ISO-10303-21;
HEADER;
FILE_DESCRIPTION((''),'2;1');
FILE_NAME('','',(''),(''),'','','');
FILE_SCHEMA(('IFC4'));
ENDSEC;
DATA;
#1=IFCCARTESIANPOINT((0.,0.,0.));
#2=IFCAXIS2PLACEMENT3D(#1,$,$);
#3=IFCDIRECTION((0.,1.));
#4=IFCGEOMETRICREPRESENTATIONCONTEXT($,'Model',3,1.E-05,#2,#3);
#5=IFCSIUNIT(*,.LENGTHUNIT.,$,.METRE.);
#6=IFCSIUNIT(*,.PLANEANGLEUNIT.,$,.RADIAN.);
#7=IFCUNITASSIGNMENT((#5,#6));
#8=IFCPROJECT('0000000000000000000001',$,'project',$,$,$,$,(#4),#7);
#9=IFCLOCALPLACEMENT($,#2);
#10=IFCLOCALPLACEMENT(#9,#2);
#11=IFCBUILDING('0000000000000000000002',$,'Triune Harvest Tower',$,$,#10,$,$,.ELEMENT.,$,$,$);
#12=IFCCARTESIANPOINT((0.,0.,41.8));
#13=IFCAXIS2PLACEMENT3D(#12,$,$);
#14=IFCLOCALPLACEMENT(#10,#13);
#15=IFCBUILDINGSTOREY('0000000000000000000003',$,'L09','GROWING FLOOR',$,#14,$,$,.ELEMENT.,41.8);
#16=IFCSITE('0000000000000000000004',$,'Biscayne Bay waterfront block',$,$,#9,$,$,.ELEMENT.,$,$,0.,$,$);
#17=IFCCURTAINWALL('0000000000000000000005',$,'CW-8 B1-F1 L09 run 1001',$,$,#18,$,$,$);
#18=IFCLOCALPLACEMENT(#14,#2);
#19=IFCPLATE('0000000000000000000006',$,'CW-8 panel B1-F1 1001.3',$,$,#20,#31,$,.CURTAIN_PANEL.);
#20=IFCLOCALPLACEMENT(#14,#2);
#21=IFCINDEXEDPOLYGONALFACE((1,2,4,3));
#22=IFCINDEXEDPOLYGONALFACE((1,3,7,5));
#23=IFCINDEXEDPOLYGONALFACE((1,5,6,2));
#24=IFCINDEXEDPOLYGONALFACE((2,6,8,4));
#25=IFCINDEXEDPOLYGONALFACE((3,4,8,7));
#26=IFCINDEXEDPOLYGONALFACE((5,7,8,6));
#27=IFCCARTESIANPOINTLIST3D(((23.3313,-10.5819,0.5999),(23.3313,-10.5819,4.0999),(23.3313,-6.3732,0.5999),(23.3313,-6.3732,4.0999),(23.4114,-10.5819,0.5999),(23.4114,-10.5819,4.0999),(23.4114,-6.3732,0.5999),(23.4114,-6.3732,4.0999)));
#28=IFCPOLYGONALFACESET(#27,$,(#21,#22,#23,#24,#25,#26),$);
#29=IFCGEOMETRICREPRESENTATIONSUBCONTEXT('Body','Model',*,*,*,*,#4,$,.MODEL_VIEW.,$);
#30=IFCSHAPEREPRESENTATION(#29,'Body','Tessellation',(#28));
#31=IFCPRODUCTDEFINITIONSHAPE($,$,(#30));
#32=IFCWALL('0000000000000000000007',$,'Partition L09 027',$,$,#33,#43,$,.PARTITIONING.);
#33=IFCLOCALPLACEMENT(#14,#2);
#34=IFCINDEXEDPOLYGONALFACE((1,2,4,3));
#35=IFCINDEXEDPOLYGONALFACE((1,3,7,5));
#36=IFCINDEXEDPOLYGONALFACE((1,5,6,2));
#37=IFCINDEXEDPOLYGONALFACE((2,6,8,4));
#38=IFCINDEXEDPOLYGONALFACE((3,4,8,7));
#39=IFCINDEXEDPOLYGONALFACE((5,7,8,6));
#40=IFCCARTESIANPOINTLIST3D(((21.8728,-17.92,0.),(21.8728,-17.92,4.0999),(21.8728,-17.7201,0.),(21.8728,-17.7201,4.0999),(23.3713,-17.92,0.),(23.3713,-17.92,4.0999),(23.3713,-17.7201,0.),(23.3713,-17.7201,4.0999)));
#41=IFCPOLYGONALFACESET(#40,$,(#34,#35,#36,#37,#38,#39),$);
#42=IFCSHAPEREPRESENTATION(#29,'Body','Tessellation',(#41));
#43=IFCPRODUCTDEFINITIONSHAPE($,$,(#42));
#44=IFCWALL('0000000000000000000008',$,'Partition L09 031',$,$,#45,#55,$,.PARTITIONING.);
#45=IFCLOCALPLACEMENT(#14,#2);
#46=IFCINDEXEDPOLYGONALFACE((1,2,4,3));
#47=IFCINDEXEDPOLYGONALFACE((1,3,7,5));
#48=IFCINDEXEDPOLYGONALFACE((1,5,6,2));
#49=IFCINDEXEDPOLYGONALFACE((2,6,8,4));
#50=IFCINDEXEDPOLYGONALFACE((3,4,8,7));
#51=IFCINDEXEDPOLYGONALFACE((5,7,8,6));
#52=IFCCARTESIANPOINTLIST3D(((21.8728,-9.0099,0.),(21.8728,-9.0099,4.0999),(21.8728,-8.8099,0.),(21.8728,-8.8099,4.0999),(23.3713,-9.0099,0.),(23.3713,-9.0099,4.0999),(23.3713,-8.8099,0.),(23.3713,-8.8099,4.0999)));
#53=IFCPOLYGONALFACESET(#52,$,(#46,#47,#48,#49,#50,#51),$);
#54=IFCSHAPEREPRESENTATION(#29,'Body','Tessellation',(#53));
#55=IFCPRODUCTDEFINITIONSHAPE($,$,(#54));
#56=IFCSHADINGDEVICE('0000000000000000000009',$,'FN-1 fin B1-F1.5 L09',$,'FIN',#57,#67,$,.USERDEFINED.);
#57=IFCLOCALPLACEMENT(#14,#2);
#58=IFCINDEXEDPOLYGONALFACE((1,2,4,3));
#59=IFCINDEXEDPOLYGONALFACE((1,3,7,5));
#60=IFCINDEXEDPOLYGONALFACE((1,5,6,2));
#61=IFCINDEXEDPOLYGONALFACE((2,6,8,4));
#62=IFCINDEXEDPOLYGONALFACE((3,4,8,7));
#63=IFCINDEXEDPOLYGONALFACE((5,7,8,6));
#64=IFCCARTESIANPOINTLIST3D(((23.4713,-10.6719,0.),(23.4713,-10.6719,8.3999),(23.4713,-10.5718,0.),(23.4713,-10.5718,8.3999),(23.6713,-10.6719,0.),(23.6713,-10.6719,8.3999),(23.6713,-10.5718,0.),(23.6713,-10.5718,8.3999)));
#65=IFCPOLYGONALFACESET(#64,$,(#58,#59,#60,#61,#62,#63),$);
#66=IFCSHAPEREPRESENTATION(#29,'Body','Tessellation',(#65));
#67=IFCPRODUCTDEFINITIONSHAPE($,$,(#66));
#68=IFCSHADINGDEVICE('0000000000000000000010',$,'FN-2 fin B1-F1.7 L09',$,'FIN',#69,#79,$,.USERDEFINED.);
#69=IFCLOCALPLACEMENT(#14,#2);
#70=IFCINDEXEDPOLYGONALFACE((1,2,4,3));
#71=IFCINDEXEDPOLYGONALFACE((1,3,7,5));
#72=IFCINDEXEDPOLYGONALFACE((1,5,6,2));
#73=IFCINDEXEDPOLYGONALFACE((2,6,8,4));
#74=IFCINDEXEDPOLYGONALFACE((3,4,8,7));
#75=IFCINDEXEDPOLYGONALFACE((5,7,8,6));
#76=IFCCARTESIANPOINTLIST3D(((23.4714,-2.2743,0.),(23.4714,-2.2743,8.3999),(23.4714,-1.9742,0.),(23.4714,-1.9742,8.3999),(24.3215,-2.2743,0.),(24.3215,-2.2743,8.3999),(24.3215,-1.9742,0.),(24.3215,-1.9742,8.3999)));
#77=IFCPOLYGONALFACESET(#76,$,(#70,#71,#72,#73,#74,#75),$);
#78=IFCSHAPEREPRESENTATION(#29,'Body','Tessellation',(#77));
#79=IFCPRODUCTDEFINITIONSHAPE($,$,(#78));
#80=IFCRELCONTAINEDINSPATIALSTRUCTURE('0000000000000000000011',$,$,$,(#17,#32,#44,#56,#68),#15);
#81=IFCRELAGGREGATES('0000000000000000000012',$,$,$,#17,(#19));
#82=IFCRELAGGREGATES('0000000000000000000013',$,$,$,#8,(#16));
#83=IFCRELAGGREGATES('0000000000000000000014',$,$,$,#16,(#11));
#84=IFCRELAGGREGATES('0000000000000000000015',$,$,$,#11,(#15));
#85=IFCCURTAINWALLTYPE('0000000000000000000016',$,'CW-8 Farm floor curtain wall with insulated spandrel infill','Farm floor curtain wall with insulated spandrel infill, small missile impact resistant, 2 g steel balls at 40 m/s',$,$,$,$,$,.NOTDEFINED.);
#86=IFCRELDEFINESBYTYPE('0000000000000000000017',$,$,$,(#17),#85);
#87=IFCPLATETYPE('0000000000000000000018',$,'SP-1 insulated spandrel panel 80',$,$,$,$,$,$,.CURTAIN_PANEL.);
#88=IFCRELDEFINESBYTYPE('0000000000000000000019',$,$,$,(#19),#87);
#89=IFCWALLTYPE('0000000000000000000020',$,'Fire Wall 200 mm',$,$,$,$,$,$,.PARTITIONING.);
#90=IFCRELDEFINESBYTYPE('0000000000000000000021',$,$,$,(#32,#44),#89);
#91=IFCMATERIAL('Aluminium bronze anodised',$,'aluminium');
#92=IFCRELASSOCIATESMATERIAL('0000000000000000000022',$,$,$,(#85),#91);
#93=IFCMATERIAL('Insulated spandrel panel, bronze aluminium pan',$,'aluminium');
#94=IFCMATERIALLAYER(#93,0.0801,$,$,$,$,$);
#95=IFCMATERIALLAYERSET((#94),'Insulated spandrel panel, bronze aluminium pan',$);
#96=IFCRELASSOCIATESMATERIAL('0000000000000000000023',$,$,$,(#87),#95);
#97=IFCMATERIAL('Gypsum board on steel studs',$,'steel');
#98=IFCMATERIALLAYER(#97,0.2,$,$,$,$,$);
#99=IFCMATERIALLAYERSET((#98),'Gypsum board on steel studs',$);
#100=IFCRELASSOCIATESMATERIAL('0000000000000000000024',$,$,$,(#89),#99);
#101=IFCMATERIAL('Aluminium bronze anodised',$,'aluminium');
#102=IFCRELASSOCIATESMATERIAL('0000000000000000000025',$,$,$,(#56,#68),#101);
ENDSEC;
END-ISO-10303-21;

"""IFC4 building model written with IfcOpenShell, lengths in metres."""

from ifc_helpers import new_model, si_unit, direction, frame, frame_2d, origin, origin_2d, place, context, subcontext, project, spatial, rectangle, extrude, source, transform, mapped, material, layer, layer_set, type_object, element, aggregate, save


model = new_model("IFC4")

# Units and contexts
model_context = context("Model", 3, precision=1e-05, world=origin(), true_north=direction((0.0, 1.0)))
body_context = subcontext(model_context, "Body", "Model", "MODEL_VIEW")
ifc_project = project(units=[si_unit("LENGTHUNIT", "METRE"), si_unit("PLANEANGLEUNIT", "RADIAN")], contexts=[model_context])

# Site, building, storey
site_placement = place(None, origin())
site = spatial("IfcSite", under=ifc_project, at=site_placement, Name="Biscayne Bay waterfront block", CompositionType="ELEMENT", RefElevation=0.0)
building_placement = place(site_placement, origin())
building = spatial("IfcBuilding", under=site, at=building_placement, Name="Triune Harvest Tower", CompositionType="ELEMENT")
storey_placement = place(building_placement, frame((0.0, 0.0, 41.8)))
storey = spatial("IfcBuildingStorey", under=building, at=storey_placement, Name="L09", Description="GROWING FLOOR", CompositionType="ELEMENT", Elevation=41.8)

# Curtain wall
ifc_material_1 = material(Name="Aluminium bronze anodised", Category="aluminium")
curtain_wall_type_1 = type_object("IfcCurtainWallType", Name="CW-8 Farm floor curtain wall with insulated spandrel infill", Description="Farm floor curtain wall with insulated spandrel infill, small missile impact resistant, 2 g steel balls at 40 m/s", PredefinedType="NOTDEFINED", material=ifc_material_1)
curtain_wall_1_placement = place(storey_placement, origin())
curtain_wall_1 = element("IfcCurtainWall", 1, at=curtain_wall_1_placement, inside=storey, type_object=curtain_wall_type_1, Name="CW-8 B1-F1 L09 run 1001")

# Plate
ifc_material_2 = material(Name="Insulated spandrel panel, bronze aluminium pan", Category="aluminium")
ifc_layer_1 = layer(ifc_material_2, 0.0801)
ifc_layer_set_1 = layer_set([ifc_layer_1], Name="Insulated spandrel panel, bronze aluminium pan")
plate_type = type_object("IfcPlateType", Name="SP-1 insulated spandrel panel 80", PredefinedType="CURTAIN_PANEL", material=ifc_layer_set_1)
shared_shape_1 = source(origin(), body_context, "Body", "SweptSolid", [
    extrude(rectangle(XDim=4.2087, YDim=0.0801, at=origin_2d()), origin(), (0.0, 0.0, 1.0), 3.5),
])
plate_1_placement = place(storey_placement, frame((23.3713, -8.4775, 0.5999), z_axis=(0.0, 0.0, 1.0), x_axis=(0.0, 1.0, 0.0)))
plate_1 = element("IfcPlate", 2, at=plate_1_placement, type_object=plate_type, Name="CW-8 panel B1-F1 1001.3", PredefinedType="CURTAIN_PANEL", context=body_context, shape_type="MappedRepresentation", body=[
    mapped(shared_shape_1, transform((0.0, 0.0, 0.0), scale=1.0)),
])
aggregate(curtain_wall_1, [plate_1])

# Walls
ifc_material_3 = material(Name="Gypsum board on steel studs", Category="steel")
ifc_layer_2 = layer(ifc_material_3, 0.2)
ifc_layer_set_2 = layer_set([ifc_layer_2], Name="Gypsum board on steel studs")
wall_type = type_object("IfcWallType", Name="Fire Wall 200 mm", PredefinedType="PARTITIONING", material=ifc_layer_set_2)
shared_shape_2 = source(origin(), body_context, "Body", "SweptSolid", [
    extrude(rectangle(XDim=1.4985, YDim=0.2, at=frame_2d((0.7493, 0.0))), origin(), (0.0, 0.0, 1.0), 4.0999),
])
for number, where, z_axis, x_axis, name in (
    (3, (21.8728, -17.8201, 0.0), (0.0, 0.0, 1.0), (1.0, 0.0, 0.0), "Partition L09 027"),
    (4, (21.8728, -8.9099, 0.0), (0.0, 0.0, 1.0), (1.0, 0.0, 0.0), "Partition L09 031"),
):
    element("IfcWall", number, at=place(storey_placement, frame(where, z_axis=z_axis, x_axis=x_axis)), inside=storey, type_object=wall_type, Name=name, PredefinedType="PARTITIONING", context=body_context, shape_type="MappedRepresentation", body=[
        mapped(shared_shape_2, transform((0.0, 0.0, 0.0), scale=1.0)),
    ])

# Shading devices
ifc_material_4 = material(Name="Aluminium bronze anodised", Category="aluminium")
shared_shape_3 = source(origin(), body_context, "Body", "SweptSolid", [
    extrude(rectangle(XDim=0.1001, YDim=0.2, at=origin_2d()), origin(), (0.0, 0.0, 1.0), 8.3999),
])
shading_device_1_placement = place(storey_placement, frame((23.5713, -10.6218, 0.0), z_axis=(0.0, 0.0, 1.0), x_axis=(0.0, 1.0, 0.0)))
element("IfcShadingDevice", 5, at=shading_device_1_placement, inside=storey, material=ifc_material_4, Name="FN-1 fin B1-F1.5 L09", ObjectType="FIN", PredefinedType="USERDEFINED", context=body_context, shape_type="MappedRepresentation", body=[
    mapped(shared_shape_3, transform((0.0, 0.0, 0.0), scale=1.0)),
])
shared_shape_4 = source(origin(), body_context, "Body", "SweptSolid", [
    extrude(rectangle(XDim=0.3, YDim=0.8501, at=origin_2d()), origin(), (0.0, 0.0, 1.0), 8.3999),
])
shading_device_2_placement = place(storey_placement, frame((23.8965, -2.1243, 0.0), z_axis=(0.0, 0.0, 1.0), x_axis=(0.0, 1.0, 0.0)))
element("IfcShadingDevice", 6, at=shading_device_2_placement, inside=storey, material=ifc_material_4, Name="FN-2 fin B1-F1.7 L09", ObjectType="FIN", PredefinedType="USERDEFINED", context=body_context, shape_type="MappedRepresentation", body=[
    mapped(shared_shape_4, transform((0.0, 0.0, 0.0), scale=1.0)),
])

save(model, "model.ifc")
